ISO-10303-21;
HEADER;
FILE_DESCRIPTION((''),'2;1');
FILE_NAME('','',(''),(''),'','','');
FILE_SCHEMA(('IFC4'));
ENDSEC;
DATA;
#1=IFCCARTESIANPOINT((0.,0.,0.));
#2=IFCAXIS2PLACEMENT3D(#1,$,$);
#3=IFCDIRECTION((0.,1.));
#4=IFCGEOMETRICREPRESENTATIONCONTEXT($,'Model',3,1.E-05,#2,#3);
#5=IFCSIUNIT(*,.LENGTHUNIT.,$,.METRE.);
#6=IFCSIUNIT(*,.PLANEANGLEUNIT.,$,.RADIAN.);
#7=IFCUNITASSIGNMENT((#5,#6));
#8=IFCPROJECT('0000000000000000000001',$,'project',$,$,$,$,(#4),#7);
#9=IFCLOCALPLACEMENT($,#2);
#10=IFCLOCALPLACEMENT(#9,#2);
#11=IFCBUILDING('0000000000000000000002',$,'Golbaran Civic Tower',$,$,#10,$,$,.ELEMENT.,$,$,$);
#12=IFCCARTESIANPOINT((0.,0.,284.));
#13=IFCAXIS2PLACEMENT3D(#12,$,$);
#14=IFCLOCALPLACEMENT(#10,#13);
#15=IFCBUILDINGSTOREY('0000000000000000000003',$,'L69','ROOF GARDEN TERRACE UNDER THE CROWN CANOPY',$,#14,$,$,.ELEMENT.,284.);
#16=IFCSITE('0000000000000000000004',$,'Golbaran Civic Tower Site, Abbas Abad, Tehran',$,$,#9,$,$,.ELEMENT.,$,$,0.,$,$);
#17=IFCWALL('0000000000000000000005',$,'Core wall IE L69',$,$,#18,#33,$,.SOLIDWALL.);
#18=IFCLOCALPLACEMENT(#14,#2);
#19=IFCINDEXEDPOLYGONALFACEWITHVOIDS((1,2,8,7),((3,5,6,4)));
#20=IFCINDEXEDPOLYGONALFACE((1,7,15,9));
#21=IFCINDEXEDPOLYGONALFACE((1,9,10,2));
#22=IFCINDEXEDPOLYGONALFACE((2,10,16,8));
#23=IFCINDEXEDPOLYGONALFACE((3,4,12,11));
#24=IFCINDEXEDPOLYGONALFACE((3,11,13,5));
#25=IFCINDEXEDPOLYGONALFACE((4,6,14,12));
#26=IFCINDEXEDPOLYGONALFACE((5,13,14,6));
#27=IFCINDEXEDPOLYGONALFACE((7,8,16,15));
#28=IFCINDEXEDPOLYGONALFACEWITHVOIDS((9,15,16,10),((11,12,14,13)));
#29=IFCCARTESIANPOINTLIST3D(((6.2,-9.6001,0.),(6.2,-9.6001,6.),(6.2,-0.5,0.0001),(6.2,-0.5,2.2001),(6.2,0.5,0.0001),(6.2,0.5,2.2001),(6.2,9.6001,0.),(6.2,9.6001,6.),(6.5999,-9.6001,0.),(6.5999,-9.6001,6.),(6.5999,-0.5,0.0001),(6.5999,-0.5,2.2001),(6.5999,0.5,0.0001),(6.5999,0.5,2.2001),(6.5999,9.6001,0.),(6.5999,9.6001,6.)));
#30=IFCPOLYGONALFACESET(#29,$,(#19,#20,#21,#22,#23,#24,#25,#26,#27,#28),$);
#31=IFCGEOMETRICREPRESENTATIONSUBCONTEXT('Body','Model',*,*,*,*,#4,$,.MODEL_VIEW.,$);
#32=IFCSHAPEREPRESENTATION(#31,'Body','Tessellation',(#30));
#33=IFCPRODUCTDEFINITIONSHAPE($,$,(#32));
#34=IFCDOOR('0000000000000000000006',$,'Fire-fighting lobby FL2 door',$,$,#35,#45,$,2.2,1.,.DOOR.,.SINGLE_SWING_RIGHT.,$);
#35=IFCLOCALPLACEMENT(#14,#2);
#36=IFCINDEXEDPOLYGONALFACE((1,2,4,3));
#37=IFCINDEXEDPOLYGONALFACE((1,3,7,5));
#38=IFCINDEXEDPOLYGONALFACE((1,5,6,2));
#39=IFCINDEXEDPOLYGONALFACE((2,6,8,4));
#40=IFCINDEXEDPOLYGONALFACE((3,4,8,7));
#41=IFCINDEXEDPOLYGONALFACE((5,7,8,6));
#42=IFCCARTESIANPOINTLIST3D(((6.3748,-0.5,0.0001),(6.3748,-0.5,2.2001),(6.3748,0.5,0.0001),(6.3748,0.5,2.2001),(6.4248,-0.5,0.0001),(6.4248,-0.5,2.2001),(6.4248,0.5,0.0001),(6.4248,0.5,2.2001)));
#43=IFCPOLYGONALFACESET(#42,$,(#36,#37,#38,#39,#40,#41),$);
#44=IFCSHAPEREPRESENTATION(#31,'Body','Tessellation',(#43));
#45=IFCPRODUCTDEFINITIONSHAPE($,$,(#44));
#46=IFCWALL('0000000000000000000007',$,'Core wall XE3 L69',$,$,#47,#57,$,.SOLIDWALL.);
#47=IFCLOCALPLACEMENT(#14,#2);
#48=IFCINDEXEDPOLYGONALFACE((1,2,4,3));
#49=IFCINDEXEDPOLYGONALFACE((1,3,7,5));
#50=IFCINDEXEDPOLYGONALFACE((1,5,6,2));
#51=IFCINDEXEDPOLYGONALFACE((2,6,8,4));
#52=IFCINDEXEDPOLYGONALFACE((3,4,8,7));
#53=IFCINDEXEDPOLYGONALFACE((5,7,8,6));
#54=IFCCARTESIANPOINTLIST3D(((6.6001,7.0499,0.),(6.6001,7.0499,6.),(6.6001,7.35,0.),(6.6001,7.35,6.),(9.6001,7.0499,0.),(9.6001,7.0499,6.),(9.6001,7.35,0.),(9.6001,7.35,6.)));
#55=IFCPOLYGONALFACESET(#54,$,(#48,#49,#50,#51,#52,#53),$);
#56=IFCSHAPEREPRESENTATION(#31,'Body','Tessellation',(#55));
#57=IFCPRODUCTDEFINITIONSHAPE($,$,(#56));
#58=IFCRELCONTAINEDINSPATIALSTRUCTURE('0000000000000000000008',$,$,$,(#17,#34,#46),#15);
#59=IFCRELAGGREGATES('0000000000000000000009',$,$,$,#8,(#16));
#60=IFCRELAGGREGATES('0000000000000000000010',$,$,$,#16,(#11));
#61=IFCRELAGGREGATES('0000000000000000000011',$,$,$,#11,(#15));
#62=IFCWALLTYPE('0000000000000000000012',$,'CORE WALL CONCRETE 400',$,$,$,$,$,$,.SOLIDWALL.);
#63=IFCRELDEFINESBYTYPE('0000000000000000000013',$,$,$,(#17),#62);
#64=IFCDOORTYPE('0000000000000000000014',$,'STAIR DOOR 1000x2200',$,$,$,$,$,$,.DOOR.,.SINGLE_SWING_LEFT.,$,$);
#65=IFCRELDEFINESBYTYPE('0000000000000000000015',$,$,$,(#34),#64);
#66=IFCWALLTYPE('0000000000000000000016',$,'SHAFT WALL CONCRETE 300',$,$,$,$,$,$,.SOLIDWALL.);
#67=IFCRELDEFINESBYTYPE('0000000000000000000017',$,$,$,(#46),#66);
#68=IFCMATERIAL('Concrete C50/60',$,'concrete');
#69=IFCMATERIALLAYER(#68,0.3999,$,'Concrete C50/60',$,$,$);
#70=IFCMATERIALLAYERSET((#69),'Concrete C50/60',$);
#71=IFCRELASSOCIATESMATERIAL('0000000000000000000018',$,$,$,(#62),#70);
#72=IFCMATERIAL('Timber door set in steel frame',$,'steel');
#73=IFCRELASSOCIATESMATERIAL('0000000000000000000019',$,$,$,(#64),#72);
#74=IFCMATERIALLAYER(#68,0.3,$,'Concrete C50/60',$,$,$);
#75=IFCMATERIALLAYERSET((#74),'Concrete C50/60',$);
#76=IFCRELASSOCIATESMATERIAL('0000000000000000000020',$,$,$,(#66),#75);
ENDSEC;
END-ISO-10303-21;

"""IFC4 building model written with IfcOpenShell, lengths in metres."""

from ifc_helpers import new_model, si_unit, direction, frame, frame_2d, origin, place, context, subcontext, project, spatial, rectangle, extrude, material, layer, layer_set, type_object, element, fill, save


model = new_model("IFC4")

# Units and contexts
model_context = context("Model", 3, precision=1e-05, world=origin(), true_north=direction((0.0, 1.0)))
body_context = subcontext(model_context, "Body", "Model", "MODEL_VIEW")
ifc_project = project(units=[si_unit("LENGTHUNIT", "METRE"), si_unit("PLANEANGLEUNIT", "RADIAN")], contexts=[model_context])

# Site, building, storey
site_placement = place(None, origin())
site = spatial("IfcSite", under=ifc_project, at=site_placement, Name="Golbaran Civic Tower Site, Abbas Abad, Tehran", CompositionType="ELEMENT", RefElevation=0.0)
building_placement = place(site_placement, origin())
building = spatial("IfcBuilding", under=site, at=building_placement, Name="Golbaran Civic Tower", CompositionType="ELEMENT")
storey_placement = place(building_placement, frame((0.0, 0.0, 284.0)))
storey = spatial("IfcBuildingStorey", under=building, at=storey_placement, Name="L69", Description="ROOF GARDEN TERRACE UNDER THE CROWN CANOPY", CompositionType="ELEMENT", Elevation=284.0)

# Wall, opening, door
ifc_material_1 = material(Name="Concrete C50/60", Category="concrete")
ifc_layer_1 = layer(ifc_material_1, 0.3999, Name="Concrete C50/60")
ifc_layer_set_1 = layer_set([ifc_layer_1], Name="Concrete C50/60")
wall_type_1 = type_object("IfcWallType", Name="CORE WALL CONCRETE 400", PredefinedType="SOLIDWALL", material=ifc_layer_set_1)
wall_1_placement = place(storey_placement, frame((6.3999, 9.6001, 0.0), z_axis=(0.0, 0.0, 1.0), x_axis=(0.0, -1.0, 0.0)))
wall_1 = element("IfcWall", 1, at=wall_1_placement, inside=storey, type_object=wall_type_1, Name="Core wall IE L69", PredefinedType="SOLIDWALL", context=body_context, shape_type="SweptSolid", body=[
    extrude(rectangle(XDim=19.2002, YDim=0.3999, at=frame_2d((9.6001, 0.0))), origin(), (0.0, 0.0, 1.0), 6.0),
])
opening_placement = place(wall_1_placement, frame((9.1001, 0.0, 0.0)))
opening = element("IfcOpeningElement", 2, at=opening_placement, cuts=wall_1, PredefinedType="OPENING", context=body_context, shape_type="SweptSolid", body=[
    extrude(rectangle(XDim=1.0, YDim=2.2, at=frame_2d((0.5, 1.1001))), frame((0.0, 0.21, 0.0), z_axis=(0.0, -1.0, 0.0), x_axis=(1.0, 0.0, 0.0)), (0.0, 0.0, 1.0), 0.4199),
])
ifc_material_2 = material(Name="Timber door set in steel frame", Category="steel")
door_type = type_object("IfcDoorType", Name="STAIR DOOR 1000x2200", OperationType="SINGLE_SWING_LEFT", PredefinedType="DOOR", material=ifc_material_2)
door_placement = place(opening_placement, origin())
door = element("IfcDoor", 3, at=door_placement, inside=storey, type_object=door_type, Name="Fire-fighting lobby FL2 door", OperationType="SINGLE_SWING_RIGHT", OverallHeight=2.2, OverallWidth=1.0, PredefinedType="DOOR", context=body_context, shape_type="SweptSolid", body=[
    extrude(rectangle(XDim=1.0, YDim=2.2, at=frame_2d((0.5, 1.1001))), frame((0.0, 0.0249, 0.0), z_axis=(0.0, -1.0, 0.0), x_axis=(1.0, 0.0, 0.0)), (0.0, 0.0, 1.0), 0.05),
])
fill(opening, door)

# Wall
ifc_layer_2 = layer(ifc_material_1, 0.3, Name="Concrete C50/60")
ifc_layer_set_2 = layer_set([ifc_layer_2], Name="Concrete C50/60")
wall_type_2 = type_object("IfcWallType", Name="SHAFT WALL CONCRETE 300", PredefinedType="SOLIDWALL", material=ifc_layer_set_2)
wall_2_placement = place(storey_placement, frame((6.6001, 7.2, 0.0), z_axis=(0.0, 0.0, 1.0), x_axis=(1.0, 0.0, 0.0)))
element("IfcWall", 4, at=wall_2_placement, inside=storey, type_object=wall_type_2, Name="Core wall XE3 L69", PredefinedType="SOLIDWALL", context=body_context, shape_type="SweptSolid", body=[
    extrude(rectangle(XDim=3.0, YDim=0.3, at=frame_2d((1.5, 0.0))), origin(), (0.0, 0.0, 1.0), 6.0),
])

save(model, "model.ifc")
